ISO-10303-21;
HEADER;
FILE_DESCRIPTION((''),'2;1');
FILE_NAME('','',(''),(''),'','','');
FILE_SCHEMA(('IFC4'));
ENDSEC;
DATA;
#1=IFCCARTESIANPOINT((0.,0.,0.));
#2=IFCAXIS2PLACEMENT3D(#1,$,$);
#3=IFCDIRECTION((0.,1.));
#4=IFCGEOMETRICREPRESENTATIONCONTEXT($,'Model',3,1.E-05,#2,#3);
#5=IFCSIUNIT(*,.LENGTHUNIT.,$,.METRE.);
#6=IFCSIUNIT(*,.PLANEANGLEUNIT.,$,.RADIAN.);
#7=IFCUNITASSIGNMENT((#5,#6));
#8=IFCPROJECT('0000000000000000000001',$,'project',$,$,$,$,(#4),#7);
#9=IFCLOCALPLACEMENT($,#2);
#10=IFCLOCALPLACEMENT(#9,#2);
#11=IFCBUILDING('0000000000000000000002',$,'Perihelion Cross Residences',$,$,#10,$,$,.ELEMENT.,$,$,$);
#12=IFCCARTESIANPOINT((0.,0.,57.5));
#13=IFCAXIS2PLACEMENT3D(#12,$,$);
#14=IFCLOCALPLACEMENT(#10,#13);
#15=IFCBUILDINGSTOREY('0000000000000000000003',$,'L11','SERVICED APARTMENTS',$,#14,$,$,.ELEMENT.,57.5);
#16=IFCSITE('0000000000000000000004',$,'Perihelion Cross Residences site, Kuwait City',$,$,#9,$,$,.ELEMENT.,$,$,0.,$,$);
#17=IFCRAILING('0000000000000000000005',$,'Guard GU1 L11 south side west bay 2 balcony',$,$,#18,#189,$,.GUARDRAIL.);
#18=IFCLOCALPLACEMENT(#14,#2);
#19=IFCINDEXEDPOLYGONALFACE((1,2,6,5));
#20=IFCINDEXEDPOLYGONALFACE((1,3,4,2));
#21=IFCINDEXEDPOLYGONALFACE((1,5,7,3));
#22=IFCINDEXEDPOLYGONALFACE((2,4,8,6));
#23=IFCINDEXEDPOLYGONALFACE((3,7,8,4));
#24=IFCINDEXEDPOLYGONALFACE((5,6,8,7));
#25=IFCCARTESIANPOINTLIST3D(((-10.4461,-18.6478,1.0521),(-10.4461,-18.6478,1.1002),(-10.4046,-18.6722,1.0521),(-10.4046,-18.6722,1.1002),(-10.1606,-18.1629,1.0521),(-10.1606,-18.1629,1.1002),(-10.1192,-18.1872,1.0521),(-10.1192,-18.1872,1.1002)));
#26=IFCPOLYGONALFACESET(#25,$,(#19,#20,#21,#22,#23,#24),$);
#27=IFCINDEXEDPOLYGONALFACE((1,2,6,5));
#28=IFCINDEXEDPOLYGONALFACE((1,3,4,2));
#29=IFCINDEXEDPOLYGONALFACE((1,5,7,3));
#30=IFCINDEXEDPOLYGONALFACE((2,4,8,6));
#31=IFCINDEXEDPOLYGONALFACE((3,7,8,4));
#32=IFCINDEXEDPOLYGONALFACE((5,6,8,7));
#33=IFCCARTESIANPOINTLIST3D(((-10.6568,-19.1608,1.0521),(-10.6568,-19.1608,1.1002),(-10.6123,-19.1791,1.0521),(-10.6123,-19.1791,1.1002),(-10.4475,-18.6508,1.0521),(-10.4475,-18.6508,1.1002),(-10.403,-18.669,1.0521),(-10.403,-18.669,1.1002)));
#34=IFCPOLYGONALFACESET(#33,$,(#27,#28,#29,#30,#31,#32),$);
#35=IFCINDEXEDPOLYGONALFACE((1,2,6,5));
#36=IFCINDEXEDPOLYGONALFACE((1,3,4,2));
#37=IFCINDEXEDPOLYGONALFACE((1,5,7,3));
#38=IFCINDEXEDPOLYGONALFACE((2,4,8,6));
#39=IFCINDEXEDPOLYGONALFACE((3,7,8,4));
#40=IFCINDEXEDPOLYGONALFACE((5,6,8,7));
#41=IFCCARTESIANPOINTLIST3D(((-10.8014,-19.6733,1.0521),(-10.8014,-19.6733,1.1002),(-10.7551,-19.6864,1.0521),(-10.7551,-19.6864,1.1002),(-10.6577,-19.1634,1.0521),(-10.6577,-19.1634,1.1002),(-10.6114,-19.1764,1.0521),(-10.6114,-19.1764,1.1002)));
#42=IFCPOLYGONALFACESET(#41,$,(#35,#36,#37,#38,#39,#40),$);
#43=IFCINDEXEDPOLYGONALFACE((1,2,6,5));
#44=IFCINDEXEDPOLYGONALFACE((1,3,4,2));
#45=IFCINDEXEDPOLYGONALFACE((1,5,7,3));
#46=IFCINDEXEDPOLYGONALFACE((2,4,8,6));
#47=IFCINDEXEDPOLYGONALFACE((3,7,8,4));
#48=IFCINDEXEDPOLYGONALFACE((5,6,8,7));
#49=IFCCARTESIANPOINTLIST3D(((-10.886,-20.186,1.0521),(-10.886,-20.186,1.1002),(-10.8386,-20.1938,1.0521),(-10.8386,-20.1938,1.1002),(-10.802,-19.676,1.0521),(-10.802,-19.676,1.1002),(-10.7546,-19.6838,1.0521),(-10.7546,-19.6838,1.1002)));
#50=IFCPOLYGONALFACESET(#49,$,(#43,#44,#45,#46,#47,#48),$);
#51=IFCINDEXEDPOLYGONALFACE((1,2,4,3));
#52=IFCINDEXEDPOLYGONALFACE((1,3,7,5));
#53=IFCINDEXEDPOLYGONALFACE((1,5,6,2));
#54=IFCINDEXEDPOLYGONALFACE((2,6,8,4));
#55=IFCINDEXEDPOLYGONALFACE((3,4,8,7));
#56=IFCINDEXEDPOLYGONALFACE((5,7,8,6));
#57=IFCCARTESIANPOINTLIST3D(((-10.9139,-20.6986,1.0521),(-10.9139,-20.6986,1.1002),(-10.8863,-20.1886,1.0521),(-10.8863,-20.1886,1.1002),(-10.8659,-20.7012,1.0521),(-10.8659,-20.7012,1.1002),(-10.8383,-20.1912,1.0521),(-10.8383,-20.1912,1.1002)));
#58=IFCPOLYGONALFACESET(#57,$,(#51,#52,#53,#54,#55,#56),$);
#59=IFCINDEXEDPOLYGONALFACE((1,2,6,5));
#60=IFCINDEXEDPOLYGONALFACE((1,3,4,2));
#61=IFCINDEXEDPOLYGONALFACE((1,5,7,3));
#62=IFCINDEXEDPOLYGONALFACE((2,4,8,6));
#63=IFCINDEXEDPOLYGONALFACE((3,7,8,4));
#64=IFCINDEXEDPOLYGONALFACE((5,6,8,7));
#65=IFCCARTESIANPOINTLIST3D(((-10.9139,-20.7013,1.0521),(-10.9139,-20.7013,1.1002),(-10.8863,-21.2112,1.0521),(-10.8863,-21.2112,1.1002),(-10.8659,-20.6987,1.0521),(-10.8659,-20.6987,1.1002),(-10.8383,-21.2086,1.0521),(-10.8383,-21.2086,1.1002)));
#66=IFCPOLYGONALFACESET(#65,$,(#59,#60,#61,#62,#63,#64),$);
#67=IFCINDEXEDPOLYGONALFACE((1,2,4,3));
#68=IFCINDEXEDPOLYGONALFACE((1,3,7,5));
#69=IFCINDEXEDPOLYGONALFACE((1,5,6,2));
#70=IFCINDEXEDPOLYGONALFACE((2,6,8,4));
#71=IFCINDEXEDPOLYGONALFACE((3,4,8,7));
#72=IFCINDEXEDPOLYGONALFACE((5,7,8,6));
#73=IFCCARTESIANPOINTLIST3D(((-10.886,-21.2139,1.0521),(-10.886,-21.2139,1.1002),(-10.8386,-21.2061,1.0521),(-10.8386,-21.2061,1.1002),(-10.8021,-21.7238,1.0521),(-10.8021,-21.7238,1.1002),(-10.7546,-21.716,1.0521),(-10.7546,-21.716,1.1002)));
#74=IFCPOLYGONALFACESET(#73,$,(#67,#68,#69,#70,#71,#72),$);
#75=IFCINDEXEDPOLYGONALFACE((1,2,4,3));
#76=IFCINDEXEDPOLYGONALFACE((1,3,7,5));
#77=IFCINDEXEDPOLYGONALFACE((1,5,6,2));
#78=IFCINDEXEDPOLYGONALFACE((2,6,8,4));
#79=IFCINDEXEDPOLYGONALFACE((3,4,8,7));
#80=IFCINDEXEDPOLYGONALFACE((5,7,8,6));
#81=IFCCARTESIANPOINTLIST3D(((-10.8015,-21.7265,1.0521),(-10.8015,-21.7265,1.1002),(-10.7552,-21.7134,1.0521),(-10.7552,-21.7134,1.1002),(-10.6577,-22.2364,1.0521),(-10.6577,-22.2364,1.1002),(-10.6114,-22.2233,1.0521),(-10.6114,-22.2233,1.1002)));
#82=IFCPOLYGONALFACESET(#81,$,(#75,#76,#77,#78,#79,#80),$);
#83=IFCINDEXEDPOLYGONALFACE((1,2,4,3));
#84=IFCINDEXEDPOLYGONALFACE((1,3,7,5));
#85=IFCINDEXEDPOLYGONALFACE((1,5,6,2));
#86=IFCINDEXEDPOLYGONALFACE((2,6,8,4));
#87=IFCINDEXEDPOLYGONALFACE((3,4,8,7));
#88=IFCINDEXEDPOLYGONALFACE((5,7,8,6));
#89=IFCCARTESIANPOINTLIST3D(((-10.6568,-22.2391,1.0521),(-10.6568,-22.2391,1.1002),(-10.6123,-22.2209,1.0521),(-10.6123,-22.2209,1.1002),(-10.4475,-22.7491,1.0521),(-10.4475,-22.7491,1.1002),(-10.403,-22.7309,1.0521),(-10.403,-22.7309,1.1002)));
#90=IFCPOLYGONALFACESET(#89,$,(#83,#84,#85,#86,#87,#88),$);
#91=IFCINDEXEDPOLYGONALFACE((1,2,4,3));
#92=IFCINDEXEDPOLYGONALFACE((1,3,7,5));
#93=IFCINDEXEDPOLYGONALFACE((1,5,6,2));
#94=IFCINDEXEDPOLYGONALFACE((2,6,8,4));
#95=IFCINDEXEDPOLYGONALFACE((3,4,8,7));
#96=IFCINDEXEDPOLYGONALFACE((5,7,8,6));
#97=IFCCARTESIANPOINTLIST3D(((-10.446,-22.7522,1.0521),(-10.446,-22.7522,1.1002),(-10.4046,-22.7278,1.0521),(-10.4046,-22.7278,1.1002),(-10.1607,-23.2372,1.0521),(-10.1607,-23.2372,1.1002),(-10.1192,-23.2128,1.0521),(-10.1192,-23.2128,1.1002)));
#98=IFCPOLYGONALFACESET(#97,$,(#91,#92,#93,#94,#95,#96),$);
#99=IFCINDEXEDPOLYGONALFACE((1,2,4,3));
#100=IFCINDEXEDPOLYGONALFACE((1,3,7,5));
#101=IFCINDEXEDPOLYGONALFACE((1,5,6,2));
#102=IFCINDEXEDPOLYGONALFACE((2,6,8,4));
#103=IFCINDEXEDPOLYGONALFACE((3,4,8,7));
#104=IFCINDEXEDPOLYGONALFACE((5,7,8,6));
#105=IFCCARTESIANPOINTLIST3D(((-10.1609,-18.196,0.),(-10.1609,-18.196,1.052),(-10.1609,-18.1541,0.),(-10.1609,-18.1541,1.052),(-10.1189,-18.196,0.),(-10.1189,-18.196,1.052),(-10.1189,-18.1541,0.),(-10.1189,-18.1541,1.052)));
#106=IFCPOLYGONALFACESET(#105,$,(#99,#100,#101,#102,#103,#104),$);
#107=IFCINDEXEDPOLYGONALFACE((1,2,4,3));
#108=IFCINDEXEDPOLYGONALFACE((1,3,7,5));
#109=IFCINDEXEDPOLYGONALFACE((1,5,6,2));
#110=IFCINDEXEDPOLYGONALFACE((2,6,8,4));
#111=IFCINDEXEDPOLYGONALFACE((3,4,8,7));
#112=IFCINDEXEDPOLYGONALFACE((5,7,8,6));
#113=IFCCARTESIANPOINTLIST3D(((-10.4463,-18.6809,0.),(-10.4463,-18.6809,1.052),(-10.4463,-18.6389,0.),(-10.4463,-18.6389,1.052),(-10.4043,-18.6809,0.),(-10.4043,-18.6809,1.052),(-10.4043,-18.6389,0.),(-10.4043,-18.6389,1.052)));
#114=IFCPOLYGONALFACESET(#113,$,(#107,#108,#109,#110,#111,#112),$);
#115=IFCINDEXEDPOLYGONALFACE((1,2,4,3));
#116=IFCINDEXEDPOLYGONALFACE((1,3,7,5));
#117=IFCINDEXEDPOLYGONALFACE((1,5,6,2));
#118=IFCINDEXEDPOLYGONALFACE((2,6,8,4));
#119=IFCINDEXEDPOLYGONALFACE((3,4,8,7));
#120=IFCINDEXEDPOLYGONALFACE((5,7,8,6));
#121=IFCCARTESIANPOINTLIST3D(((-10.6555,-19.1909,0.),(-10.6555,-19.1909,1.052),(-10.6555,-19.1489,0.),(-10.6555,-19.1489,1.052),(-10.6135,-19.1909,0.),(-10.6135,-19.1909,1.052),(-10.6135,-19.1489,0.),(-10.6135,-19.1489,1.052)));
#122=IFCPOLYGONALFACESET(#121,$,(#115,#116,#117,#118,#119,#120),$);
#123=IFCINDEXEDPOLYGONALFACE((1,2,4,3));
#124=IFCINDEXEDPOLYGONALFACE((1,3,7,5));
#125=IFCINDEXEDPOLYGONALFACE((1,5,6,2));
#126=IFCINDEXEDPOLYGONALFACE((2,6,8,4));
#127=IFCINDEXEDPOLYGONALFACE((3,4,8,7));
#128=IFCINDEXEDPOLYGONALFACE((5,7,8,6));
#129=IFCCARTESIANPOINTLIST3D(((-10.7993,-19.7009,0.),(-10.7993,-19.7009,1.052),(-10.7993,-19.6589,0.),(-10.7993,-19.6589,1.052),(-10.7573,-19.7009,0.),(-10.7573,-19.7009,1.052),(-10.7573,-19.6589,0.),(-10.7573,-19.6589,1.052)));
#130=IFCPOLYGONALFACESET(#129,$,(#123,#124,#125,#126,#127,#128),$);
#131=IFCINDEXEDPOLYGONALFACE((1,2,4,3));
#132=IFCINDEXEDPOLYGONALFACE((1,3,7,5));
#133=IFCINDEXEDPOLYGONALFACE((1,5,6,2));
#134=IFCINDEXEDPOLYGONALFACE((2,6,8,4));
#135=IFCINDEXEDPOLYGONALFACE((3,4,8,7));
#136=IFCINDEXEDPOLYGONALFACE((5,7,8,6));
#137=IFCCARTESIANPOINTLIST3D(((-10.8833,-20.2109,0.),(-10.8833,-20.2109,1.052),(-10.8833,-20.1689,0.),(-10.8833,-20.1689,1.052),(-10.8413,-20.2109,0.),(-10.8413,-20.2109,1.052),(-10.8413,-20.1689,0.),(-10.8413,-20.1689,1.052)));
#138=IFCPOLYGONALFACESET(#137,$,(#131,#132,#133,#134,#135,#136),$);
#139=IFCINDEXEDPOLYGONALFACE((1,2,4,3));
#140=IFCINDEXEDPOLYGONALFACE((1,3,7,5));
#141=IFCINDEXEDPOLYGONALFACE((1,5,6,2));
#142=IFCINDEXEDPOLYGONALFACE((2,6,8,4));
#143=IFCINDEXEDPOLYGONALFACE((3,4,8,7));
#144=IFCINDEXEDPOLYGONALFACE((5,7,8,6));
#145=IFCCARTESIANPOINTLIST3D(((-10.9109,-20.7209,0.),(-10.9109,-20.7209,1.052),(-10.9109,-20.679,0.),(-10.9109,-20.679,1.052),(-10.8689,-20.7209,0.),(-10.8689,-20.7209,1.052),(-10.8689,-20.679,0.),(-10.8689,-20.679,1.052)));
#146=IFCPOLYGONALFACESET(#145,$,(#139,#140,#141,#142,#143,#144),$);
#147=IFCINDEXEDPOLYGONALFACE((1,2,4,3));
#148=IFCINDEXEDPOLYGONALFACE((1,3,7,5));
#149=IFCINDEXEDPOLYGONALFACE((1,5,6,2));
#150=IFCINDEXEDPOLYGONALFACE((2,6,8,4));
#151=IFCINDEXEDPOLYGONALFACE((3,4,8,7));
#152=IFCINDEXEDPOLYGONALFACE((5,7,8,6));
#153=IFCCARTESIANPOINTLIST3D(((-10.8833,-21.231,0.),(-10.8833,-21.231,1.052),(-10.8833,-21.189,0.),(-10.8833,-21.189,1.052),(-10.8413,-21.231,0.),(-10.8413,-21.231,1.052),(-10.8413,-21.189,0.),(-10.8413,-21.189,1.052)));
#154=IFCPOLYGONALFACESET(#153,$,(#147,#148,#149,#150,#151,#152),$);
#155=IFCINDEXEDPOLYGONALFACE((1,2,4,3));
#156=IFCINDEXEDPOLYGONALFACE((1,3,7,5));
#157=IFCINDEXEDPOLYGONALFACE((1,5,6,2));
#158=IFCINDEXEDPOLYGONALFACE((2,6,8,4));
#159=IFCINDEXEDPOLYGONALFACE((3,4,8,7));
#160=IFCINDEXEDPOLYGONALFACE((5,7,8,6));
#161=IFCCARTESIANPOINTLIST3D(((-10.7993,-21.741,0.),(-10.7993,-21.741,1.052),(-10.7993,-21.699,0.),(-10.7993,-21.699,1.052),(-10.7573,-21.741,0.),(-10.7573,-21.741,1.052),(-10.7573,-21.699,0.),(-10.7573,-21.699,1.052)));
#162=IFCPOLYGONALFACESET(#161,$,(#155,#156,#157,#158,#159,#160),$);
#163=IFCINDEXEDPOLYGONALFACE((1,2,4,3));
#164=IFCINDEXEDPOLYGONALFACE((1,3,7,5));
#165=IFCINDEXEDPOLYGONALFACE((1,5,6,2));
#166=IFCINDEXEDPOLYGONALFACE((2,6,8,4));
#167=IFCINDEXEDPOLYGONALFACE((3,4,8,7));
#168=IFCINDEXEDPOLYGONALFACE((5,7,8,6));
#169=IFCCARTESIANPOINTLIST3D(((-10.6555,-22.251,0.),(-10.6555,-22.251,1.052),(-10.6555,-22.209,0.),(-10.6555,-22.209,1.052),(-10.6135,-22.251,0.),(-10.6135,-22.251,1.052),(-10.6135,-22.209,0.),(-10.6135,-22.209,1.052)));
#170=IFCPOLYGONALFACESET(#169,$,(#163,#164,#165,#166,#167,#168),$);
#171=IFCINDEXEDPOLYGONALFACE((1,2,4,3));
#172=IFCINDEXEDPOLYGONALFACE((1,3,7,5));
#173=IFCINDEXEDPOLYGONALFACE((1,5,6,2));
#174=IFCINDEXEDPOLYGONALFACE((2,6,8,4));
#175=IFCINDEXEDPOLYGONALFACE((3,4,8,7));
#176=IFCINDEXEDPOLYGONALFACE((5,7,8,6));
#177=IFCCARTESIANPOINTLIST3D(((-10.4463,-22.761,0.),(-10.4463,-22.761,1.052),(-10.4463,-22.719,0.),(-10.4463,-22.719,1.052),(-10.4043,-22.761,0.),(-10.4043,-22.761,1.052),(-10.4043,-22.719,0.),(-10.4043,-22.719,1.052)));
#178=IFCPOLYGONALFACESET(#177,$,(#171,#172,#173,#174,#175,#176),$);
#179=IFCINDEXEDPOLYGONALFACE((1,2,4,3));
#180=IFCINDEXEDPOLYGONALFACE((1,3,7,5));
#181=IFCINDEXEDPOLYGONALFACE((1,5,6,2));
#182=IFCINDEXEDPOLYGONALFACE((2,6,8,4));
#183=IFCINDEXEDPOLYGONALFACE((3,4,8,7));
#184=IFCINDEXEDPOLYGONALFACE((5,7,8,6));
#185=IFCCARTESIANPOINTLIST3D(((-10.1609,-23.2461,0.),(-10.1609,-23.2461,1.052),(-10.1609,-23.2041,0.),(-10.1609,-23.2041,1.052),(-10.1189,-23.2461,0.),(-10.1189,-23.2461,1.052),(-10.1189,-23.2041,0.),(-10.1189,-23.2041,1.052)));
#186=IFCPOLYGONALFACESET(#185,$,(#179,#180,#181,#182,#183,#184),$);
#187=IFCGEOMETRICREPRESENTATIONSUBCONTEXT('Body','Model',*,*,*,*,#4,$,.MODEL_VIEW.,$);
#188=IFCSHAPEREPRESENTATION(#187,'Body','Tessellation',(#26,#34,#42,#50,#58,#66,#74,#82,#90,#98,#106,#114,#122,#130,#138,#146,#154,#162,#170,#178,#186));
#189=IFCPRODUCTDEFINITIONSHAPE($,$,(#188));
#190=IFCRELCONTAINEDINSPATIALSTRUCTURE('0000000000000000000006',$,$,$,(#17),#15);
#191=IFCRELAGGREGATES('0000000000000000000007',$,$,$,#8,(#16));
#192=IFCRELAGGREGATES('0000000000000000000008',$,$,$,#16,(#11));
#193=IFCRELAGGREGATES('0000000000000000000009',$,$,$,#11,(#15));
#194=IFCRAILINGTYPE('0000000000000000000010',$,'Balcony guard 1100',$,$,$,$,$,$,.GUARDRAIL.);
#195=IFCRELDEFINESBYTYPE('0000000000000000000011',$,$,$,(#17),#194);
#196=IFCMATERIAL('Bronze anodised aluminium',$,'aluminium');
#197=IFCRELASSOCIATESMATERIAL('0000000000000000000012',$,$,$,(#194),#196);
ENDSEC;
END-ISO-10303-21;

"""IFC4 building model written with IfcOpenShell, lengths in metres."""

from ifc_helpers import new_model, si_unit, direction, frame, origin, origin_2d, place, context, subcontext, project, spatial, rectangle, extrude, material, type_object, element, save


model = new_model("IFC4")

# Units and contexts
model_context = context("Model", 3, precision=1e-05, world=origin(), true_north=direction((0.0, 1.0)))
body_context = subcontext(model_context, "Body", "Model", "MODEL_VIEW")
ifc_project = project(units=[si_unit("LENGTHUNIT", "METRE"), si_unit("PLANEANGLEUNIT", "RADIAN")], contexts=[model_context])

# Site, building, storey
site_placement = place(None, origin())
site = spatial("IfcSite", under=ifc_project, at=site_placement, Name="Perihelion Cross Residences site, Kuwait City", CompositionType="ELEMENT", RefElevation=0.0)
building_placement = place(site_placement, origin())
building = spatial("IfcBuilding", under=site, at=building_placement, Name="Perihelion Cross Residences", CompositionType="ELEMENT")
storey_placement = place(building_placement, frame((0.0, 0.0, 57.5)))
storey = spatial("IfcBuildingStorey", under=building, at=storey_placement, Name="L11", Description="SERVICED APARTMENTS", CompositionType="ELEMENT", Elevation=57.5)

# Railing
ifc_material_1 = material(Name="Bronze anodised aluminium", Category="aluminium")
railing_type = type_object("IfcRailingType", Name="Balcony guard 1100", PredefinedType="GUARDRAIL", material=ifc_material_1)
railing_1_placement = place(storey_placement, frame((-10.1399, -18.175, 0.0)))
element("IfcRailing", 1, at=railing_1_placement, inside=storey, type_object=railing_type, Name="Guard GU1 L11 south side west bay 2 balcony", PredefinedType="GUARDRAIL", context=body_context, shape_type="SweptSolid", body=[
    extrude(rectangle(XDim=0.0481, YDim=0.0481, at=origin_2d()), frame((0.0, 0.0, 1.0762), z_axis=(-0.507267, -0.861789, 0.0), x_axis=(0.861789, -0.507267, 0.0)), (0.0, 0.0, 1.0), 0.5627),
    extrude(rectangle(XDim=0.0481, YDim=0.0481, at=origin_2d()), frame((-0.2854, -0.4849, 1.0762), z_axis=(-0.379547, -0.925173, 0.0), x_axis=(0.925173, -0.379547, 0.0)), (0.0, 0.0, 1.0), 0.5513),
    extrude(rectangle(XDim=0.0481, YDim=0.0481, at=origin_2d()), frame((-0.4946, -0.9949, 1.0762), z_axis=(-0.271373, -0.962474, 0.0), x_axis=(0.962474, -0.271373, 0.0)), (0.0, 0.0, 1.0), 0.5298),
    extrude(rectangle(XDim=0.0481, YDim=0.0481, at=origin_2d()), frame((-0.6384, -1.5049, 1.0762), z_axis=(-0.162484, -0.986711, 0.0), x_axis=(0.986711, -0.162484, 0.0)), (0.0, 0.0, 1.0), 0.5168),
    extrude(rectangle(XDim=0.0481, YDim=0.0481, at=origin_2d()), frame((-0.7224, -2.0149, 1.0762), z_axis=(-0.054014, -0.99854, 0.0), x_axis=(0.99854, -0.054014, 0.0)), (0.0, 0.0, 1.0), 0.5107),
    extrude(rectangle(XDim=0.0481, YDim=0.0481, at=origin_2d()), frame((-0.75, -2.5249, 1.0762), z_axis=(0.054014, -0.99854, 0.0), x_axis=(0.99854, 0.054014, 0.0)), (0.0, 0.0, 1.0), 0.5107),
    extrude(rectangle(XDim=0.0481, YDim=0.0481, at=origin_2d()), frame((-0.7224, -3.0349, 1.0762), z_axis=(0.162484, -0.986711, 0.0), x_axis=(0.986711, 0.162484, 0.0)), (0.0, 0.0, 1.0), 0.5168),
    extrude(rectangle(XDim=0.0481, YDim=0.0481, at=origin_2d()), frame((-0.6384, -3.5449, 1.0762), z_axis=(0.271373, -0.962474, 0.0), x_axis=(0.962474, 0.271373, 0.0)), (0.0, 0.0, 1.0), 0.5298),
    extrude(rectangle(XDim=0.0481, YDim=0.0481, at=origin_2d()), frame((-0.4946, -4.0549, 1.0762), z_axis=(0.379547, -0.925173, 0.0), x_axis=(0.925173, 0.379547, 0.0)), (0.0, 0.0, 1.0), 0.5513),
    extrude(rectangle(XDim=0.0481, YDim=0.0481, at=origin_2d()), frame((-0.2854, -4.5649, 1.0762), z_axis=(0.507077, -0.861901, 0.0), x_axis=(0.861901, 0.507077, 0.0)), (0.0, 0.0, 1.0), 0.5627),
    extrude(rectangle(XDim=0.042, YDim=0.042, at=origin_2d()), origin(), (0.0, 0.0, 1.0), 1.052),
    extrude(rectangle(XDim=0.042, YDim=0.042, at=origin_2d()), frame((-0.2854, -0.4849, 0.0)), (0.0, 0.0, 1.0), 1.052),
    extrude(rectangle(XDim=0.042, YDim=0.042, at=origin_2d()), frame((-0.4946, -0.9949, 0.0)), (0.0, 0.0, 1.0), 1.052),
    extrude(rectangle(XDim=0.042, YDim=0.042, at=origin_2d()), frame((-0.6384, -1.5049, 0.0)), (0.0, 0.0, 1.0), 1.052),
    extrude(rectangle(XDim=0.042, YDim=0.042, at=origin_2d()), frame((-0.7224, -2.0149, 0.0)), (0.0, 0.0, 1.0), 1.052),
    extrude(rectangle(XDim=0.042, YDim=0.042, at=origin_2d()), frame((-0.75, -2.5249, 0.0)), (0.0, 0.0, 1.0), 1.052),
    extrude(rectangle(XDim=0.042, YDim=0.042, at=origin_2d()), frame((-0.7224, -3.0349, 0.0)), (0.0, 0.0, 1.0), 1.052),
    extrude(rectangle(XDim=0.042, YDim=0.042, at=origin_2d()), frame((-0.6384, -3.5449, 0.0)), (0.0, 0.0, 1.0), 1.052),
    extrude(rectangle(XDim=0.042, YDim=0.042, at=origin_2d()), frame((-0.4946, -4.0549, 0.0)), (0.0, 0.0, 1.0), 1.052),
    extrude(rectangle(XDim=0.042, YDim=0.042, at=origin_2d()), frame((-0.2854, -4.5649, 0.0)), (0.0, 0.0, 1.0), 1.052),
    extrude(rectangle(XDim=0.042, YDim=0.042, at=origin_2d()), frame((0.0, -5.05, 0.0)), (0.0, 0.0, 1.0), 1.052),
])

save(model, "model.ifc")
